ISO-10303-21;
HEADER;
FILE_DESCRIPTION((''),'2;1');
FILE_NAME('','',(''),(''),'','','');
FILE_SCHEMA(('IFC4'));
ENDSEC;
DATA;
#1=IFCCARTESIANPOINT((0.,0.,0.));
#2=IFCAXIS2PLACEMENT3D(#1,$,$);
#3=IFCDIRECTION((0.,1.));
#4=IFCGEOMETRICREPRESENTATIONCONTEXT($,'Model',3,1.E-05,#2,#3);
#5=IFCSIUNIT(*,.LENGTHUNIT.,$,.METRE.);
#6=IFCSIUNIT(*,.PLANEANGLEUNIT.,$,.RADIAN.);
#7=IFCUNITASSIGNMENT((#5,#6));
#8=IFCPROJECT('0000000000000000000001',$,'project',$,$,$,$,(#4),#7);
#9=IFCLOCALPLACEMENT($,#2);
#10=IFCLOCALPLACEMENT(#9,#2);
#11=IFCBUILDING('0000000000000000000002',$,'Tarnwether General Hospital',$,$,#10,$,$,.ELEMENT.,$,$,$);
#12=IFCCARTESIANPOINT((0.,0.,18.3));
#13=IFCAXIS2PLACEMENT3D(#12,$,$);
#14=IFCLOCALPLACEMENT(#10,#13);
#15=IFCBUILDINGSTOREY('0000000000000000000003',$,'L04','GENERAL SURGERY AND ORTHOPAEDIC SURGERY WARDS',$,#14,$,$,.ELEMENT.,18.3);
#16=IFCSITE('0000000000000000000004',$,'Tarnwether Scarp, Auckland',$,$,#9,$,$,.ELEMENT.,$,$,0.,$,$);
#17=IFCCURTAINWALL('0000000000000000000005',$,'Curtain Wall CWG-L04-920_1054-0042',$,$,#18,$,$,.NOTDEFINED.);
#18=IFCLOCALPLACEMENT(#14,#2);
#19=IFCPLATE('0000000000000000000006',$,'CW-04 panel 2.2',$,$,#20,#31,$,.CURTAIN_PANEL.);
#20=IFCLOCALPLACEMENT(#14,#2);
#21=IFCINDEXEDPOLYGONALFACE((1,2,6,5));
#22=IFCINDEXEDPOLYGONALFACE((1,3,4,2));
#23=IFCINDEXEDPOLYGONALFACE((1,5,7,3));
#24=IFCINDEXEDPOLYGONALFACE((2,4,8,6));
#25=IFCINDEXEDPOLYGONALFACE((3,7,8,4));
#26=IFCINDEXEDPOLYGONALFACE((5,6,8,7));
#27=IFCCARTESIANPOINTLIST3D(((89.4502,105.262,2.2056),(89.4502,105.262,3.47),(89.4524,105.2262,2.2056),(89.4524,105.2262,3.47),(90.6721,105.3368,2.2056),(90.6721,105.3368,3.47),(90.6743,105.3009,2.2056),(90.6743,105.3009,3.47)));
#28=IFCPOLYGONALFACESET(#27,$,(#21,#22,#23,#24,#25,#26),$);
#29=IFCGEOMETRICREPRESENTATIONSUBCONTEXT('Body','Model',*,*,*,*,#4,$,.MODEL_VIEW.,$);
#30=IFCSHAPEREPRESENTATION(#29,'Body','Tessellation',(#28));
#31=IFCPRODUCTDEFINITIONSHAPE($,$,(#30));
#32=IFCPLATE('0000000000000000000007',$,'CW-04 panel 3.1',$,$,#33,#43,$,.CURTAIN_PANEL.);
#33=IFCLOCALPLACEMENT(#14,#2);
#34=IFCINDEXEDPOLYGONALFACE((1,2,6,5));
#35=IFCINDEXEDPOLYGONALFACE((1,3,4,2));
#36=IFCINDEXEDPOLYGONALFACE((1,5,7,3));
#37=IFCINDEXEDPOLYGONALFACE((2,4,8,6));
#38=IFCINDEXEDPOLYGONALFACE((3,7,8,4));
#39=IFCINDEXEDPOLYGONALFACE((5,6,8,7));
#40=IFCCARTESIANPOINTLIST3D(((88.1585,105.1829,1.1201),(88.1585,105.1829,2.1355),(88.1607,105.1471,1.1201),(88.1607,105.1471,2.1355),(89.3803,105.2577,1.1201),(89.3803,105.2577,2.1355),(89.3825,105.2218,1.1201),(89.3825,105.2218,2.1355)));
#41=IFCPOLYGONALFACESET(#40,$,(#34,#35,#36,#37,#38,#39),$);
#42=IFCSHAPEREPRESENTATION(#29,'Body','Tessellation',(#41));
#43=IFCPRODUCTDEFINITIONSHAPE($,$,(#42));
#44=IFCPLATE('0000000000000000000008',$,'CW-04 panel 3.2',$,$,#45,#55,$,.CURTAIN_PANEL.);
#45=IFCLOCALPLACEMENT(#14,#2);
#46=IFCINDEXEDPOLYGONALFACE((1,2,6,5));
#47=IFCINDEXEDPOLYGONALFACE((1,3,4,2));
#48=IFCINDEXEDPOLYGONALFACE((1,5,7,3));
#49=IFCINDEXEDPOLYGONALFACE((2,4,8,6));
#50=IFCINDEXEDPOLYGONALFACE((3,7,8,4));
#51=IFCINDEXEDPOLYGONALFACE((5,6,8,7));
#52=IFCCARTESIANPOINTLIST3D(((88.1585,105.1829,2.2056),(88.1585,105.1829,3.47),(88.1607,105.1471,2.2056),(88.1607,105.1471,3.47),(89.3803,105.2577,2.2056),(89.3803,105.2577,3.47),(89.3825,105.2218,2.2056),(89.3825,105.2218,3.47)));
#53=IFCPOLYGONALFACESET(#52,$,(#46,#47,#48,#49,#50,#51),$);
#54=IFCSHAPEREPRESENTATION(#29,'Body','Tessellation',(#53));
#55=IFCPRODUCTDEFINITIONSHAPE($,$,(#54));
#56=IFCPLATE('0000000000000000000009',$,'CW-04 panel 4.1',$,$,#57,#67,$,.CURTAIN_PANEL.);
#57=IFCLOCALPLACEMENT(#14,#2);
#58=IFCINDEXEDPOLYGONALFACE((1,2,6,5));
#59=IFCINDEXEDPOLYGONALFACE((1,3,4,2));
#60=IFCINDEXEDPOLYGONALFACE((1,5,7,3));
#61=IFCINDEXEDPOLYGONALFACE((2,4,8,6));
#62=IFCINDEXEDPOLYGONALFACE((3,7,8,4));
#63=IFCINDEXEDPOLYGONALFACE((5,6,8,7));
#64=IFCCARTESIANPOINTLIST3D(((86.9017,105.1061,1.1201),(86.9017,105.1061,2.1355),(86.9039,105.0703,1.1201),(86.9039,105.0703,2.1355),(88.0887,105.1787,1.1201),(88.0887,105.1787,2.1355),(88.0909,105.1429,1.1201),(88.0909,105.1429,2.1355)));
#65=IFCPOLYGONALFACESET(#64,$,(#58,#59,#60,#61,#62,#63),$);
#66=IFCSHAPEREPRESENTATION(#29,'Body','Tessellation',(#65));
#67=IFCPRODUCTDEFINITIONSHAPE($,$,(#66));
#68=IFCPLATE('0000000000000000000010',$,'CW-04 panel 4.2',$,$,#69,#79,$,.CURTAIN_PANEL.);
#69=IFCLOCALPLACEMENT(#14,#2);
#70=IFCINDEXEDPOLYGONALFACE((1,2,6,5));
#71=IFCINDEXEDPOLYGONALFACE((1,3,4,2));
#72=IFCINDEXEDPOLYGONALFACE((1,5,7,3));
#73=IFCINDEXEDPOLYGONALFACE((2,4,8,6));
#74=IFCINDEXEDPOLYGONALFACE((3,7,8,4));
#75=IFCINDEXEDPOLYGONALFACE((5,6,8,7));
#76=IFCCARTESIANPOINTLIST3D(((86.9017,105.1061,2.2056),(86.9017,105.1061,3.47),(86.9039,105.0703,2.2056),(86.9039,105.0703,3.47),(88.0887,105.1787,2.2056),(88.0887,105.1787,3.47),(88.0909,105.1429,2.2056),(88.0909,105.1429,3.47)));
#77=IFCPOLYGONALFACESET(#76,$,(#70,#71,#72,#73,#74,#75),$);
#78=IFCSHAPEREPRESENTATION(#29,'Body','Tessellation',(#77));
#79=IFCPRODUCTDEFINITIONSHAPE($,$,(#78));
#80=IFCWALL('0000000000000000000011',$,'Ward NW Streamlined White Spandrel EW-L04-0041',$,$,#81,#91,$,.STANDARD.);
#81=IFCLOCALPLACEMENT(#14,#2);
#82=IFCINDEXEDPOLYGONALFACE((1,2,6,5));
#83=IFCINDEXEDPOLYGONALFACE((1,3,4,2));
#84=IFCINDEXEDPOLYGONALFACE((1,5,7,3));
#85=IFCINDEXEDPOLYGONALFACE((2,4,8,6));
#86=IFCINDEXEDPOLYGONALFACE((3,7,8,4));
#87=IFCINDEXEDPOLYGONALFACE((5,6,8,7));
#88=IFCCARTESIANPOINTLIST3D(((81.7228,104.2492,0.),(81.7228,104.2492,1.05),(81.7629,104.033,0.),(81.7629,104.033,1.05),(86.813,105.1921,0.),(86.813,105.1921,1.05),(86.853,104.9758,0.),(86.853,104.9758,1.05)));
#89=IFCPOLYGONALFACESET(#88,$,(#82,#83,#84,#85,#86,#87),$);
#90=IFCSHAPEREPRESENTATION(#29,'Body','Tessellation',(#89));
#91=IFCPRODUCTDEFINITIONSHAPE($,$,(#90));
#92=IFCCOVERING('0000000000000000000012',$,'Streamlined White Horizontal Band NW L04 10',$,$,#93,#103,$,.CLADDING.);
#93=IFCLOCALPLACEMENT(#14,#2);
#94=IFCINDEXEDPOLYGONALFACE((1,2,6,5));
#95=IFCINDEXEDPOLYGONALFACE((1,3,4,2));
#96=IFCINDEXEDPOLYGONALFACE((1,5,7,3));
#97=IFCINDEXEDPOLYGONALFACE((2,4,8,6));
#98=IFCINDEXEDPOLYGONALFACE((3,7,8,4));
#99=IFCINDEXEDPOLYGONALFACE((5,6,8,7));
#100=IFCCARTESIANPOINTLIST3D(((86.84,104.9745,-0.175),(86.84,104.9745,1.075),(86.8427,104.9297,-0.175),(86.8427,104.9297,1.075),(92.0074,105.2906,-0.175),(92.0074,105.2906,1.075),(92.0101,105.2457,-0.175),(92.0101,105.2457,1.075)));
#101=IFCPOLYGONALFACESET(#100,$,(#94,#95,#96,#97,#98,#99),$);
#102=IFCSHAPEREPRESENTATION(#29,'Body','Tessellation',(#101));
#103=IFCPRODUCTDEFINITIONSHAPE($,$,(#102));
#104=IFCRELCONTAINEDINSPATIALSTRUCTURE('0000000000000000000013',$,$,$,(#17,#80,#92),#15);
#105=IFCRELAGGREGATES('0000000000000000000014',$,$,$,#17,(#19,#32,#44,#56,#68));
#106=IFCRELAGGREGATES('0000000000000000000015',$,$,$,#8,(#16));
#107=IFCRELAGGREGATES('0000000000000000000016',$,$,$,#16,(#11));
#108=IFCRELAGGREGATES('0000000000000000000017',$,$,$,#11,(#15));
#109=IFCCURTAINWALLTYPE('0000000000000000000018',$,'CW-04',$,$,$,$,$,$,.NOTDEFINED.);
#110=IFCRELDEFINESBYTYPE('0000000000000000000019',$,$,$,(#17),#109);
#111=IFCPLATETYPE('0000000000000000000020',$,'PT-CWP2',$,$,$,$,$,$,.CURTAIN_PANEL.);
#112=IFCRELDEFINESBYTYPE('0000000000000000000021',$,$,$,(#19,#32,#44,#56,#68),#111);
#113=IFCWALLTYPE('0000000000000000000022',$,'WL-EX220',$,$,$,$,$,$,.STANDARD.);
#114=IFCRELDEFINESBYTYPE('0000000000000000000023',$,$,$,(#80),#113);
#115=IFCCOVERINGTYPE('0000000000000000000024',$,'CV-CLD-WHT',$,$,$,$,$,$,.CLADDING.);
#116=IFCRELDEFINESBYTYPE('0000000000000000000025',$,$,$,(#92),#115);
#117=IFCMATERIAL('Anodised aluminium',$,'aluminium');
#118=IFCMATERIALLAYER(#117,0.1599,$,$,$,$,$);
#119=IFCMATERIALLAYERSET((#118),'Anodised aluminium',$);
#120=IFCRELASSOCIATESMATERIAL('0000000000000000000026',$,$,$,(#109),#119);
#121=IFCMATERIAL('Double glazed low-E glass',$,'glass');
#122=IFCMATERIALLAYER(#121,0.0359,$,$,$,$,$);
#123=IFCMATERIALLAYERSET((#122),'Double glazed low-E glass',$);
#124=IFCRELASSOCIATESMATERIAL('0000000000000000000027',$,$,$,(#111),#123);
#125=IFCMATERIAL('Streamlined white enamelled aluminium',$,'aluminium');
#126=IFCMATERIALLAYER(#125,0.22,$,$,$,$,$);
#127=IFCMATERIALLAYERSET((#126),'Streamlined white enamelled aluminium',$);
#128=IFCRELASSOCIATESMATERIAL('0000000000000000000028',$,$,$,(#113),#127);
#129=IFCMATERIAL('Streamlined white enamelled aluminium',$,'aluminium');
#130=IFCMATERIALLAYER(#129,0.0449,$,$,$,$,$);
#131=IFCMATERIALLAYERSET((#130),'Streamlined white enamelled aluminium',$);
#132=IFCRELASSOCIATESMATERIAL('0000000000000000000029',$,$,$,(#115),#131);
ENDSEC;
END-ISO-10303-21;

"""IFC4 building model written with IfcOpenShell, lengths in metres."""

from ifc_helpers import new_model, si_unit, direction, frame, frame_2d, origin, origin_2d, place, context, subcontext, project, spatial, rectangle, extrude, material, layer, layer_set, type_object, element, aggregate, save


model = new_model("IFC4")

# Units and contexts
model_context = context("Model", 3, precision=1e-05, world=origin(), true_north=direction((0.0, 1.0)))
body_context = subcontext(model_context, "Body", "Model", "MODEL_VIEW")
ifc_project = project(units=[si_unit("LENGTHUNIT", "METRE"), si_unit("PLANEANGLEUNIT", "RADIAN")], contexts=[model_context])

# Site, building, storey
site_placement = place(None, origin())
site = spatial("IfcSite", under=ifc_project, at=site_placement, Name="Tarnwether Scarp, Auckland", CompositionType="ELEMENT", RefElevation=0.0)
building_placement = place(site_placement, origin())
building = spatial("IfcBuilding", under=site, at=building_placement, Name="Tarnwether General Hospital", CompositionType="ELEMENT")
storey_placement = place(building_placement, frame((0.0, 0.0, 18.3)))
storey = spatial("IfcBuildingStorey", under=building, at=storey_placement, Name="L04", Description="GENERAL SURGERY AND ORTHOPAEDIC SURGERY WARDS", CompositionType="ELEMENT", Elevation=18.3)

# Curtain wall
ifc_material_1 = material(Name="Anodised aluminium", Category="aluminium")
ifc_layer_1 = layer(ifc_material_1, 0.1599)
ifc_layer_set_1 = layer_set([ifc_layer_1], Name="Anodised aluminium")
curtain_wall_type = type_object("IfcCurtainWallType", Name="CW-04", PredefinedType="NOTDEFINED", material=ifc_layer_set_1)
curtain_wall_1_placement = place(storey_placement, origin())
curtain_wall_1 = element("IfcCurtainWall", 1, at=curtain_wall_1_placement, inside=storey, type_object=curtain_wall_type, Name="Curtain Wall CWG-L04-920_1054-0042", PredefinedType="NOTDEFINED")

# Plates
ifc_material_2 = material(Name="Double glazed low-E glass", Category="glass")
ifc_layer_2 = layer(ifc_material_2, 0.0359)
ifc_layer_set_2 = layer_set([ifc_layer_2], Name="Double glazed low-E glass")
plate_type_1 = type_object("IfcPlateType", Name="PT-CWP2", PredefinedType="CURTAIN_PANEL", material=ifc_layer_set_2)
plate_1_placement = place(storey_placement, frame((90.0623, 105.2815, 2.2056), z_axis=(0.0, 0.0, 1.0), x_axis=(-0.998135, -0.061043, 0.0)))
plate_1 = element("IfcPlate", 2, at=plate_1_placement, type_object=plate_type_1, Name="CW-04 panel 2.2", PredefinedType="CURTAIN_PANEL", context=body_context, shape_type="SweptSolid", body=[
    extrude(rectangle(XDim=1.2241, YDim=0.0359, at=origin_2d()), origin(), (0.0, 0.0, 1.0), 1.2644),
])
plate_2_placement = place(storey_placement, frame((88.7705, 105.2024, 1.1201), z_axis=(0.0, 0.0, 1.0), x_axis=(-0.998135, -0.061043, 0.0)))
plate_2 = element("IfcPlate", 3, at=plate_2_placement, type_object=plate_type_1, Name="CW-04 panel 3.1", PredefinedType="CURTAIN_PANEL", context=body_context, shape_type="SweptSolid", body=[
    extrude(rectangle(XDim=1.2241, YDim=0.0359, at=origin_2d()), origin(), (0.0, 0.0, 1.0), 1.0154),
])
plate_3_placement = place(storey_placement, frame((88.7705, 105.2024, 2.2056), z_axis=(0.0, 0.0, 1.0), x_axis=(-0.998135, -0.061043, 0.0)))
plate_3 = element("IfcPlate", 4, at=plate_3_placement, type_object=plate_type_1, Name="CW-04 panel 3.2", PredefinedType="CURTAIN_PANEL", context=body_context, shape_type="SweptSolid", body=[
    extrude(rectangle(XDim=1.2241, YDim=0.0359, at=origin_2d()), origin(), (0.0, 0.0, 1.0), 1.2644),
])
plate_4_placement = place(storey_placement, frame((87.4963, 105.1245, 1.1201), z_axis=(0.0, 0.0, 1.0), x_axis=(-0.998135, -0.061043, 0.0)))
plate_4 = element("IfcPlate", 5, at=plate_4_placement, type_object=plate_type_1, Name="CW-04 panel 4.1", PredefinedType="CURTAIN_PANEL", context=body_context, shape_type="SweptSolid", body=[
    extrude(rectangle(XDim=1.1892, YDim=0.0359, at=origin_2d()), origin(), (0.0, 0.0, 1.0), 1.0154),
])
plate_5_placement = place(storey_placement, frame((87.4963, 105.1245, 2.2056), z_axis=(0.0, 0.0, 1.0), x_axis=(-0.998135, -0.061043, 0.0)))
plate_5 = element("IfcPlate", 6, at=plate_5_placement, type_object=plate_type_1, Name="CW-04 panel 4.2", PredefinedType="CURTAIN_PANEL", context=body_context, shape_type="SweptSolid", body=[
    extrude(rectangle(XDim=1.1892, YDim=0.0359, at=origin_2d()), origin(), (0.0, 0.0, 1.0), 1.2644),
])
aggregate(curtain_wall_1, [plate_1, plate_2, plate_3, plate_4, plate_5])

# Wall
ifc_material_3 = material(Name="Streamlined white enamelled aluminium", Category="aluminium")
ifc_layer_3 = layer(ifc_material_3, 0.22)
ifc_layer_set_3 = layer_set([ifc_layer_3], Name="Streamlined white enamelled aluminium")
wall_type = type_object("IfcWallType", Name="WL-EX220", PredefinedType="STANDARD", material=ifc_layer_set_3)
wall_placement = place(storey_placement, frame((86.833, 105.084, 0.0), z_axis=(0.0, 0.0, 1.0), x_axis=(-0.983273, -0.182138, 0.0)))
element("IfcWall", 7, at=wall_placement, inside=storey, type_object=wall_type, Name="Ward NW Streamlined White Spandrel EW-L04-0041", PredefinedType="STANDARD", context=body_context, shape_type="SweptSolid", body=[
    extrude(rectangle(XDim=5.1768, YDim=0.22, at=frame_2d((2.5884, 0.0))), origin(), (0.0, 0.0, 1.0), 1.05),
])

# Covering
ifc_material_4 = material(Name="Streamlined white enamelled aluminium", Category="aluminium")
ifc_layer_4 = layer(ifc_material_4, 0.0449)
ifc_layer_set_4 = layer_set([ifc_layer_4], Name="Streamlined white enamelled aluminium")
covering_type = type_object("IfcCoveringType", Name="CV-CLD-WHT", PredefinedType="CLADDING", material=ifc_layer_set_4)
covering_placement = place(storey_placement, frame((89.425, 105.1101, -0.175), z_axis=(0.0, 0.0, 1.0), x_axis=(-0.998135, -0.061049, 0.0)))
element("IfcCovering", 8, at=covering_placement, inside=storey, type_object=covering_type, Name="Streamlined White Horizontal Band NW L04 10", PredefinedType="CLADDING", context=body_context, shape_type="SweptSolid", body=[
    extrude(rectangle(XDim=5.177, YDim=0.0449, at=origin_2d()), origin(), (0.0, 0.0, 1.0), 1.25),
])

save(model, "model.ifc")
